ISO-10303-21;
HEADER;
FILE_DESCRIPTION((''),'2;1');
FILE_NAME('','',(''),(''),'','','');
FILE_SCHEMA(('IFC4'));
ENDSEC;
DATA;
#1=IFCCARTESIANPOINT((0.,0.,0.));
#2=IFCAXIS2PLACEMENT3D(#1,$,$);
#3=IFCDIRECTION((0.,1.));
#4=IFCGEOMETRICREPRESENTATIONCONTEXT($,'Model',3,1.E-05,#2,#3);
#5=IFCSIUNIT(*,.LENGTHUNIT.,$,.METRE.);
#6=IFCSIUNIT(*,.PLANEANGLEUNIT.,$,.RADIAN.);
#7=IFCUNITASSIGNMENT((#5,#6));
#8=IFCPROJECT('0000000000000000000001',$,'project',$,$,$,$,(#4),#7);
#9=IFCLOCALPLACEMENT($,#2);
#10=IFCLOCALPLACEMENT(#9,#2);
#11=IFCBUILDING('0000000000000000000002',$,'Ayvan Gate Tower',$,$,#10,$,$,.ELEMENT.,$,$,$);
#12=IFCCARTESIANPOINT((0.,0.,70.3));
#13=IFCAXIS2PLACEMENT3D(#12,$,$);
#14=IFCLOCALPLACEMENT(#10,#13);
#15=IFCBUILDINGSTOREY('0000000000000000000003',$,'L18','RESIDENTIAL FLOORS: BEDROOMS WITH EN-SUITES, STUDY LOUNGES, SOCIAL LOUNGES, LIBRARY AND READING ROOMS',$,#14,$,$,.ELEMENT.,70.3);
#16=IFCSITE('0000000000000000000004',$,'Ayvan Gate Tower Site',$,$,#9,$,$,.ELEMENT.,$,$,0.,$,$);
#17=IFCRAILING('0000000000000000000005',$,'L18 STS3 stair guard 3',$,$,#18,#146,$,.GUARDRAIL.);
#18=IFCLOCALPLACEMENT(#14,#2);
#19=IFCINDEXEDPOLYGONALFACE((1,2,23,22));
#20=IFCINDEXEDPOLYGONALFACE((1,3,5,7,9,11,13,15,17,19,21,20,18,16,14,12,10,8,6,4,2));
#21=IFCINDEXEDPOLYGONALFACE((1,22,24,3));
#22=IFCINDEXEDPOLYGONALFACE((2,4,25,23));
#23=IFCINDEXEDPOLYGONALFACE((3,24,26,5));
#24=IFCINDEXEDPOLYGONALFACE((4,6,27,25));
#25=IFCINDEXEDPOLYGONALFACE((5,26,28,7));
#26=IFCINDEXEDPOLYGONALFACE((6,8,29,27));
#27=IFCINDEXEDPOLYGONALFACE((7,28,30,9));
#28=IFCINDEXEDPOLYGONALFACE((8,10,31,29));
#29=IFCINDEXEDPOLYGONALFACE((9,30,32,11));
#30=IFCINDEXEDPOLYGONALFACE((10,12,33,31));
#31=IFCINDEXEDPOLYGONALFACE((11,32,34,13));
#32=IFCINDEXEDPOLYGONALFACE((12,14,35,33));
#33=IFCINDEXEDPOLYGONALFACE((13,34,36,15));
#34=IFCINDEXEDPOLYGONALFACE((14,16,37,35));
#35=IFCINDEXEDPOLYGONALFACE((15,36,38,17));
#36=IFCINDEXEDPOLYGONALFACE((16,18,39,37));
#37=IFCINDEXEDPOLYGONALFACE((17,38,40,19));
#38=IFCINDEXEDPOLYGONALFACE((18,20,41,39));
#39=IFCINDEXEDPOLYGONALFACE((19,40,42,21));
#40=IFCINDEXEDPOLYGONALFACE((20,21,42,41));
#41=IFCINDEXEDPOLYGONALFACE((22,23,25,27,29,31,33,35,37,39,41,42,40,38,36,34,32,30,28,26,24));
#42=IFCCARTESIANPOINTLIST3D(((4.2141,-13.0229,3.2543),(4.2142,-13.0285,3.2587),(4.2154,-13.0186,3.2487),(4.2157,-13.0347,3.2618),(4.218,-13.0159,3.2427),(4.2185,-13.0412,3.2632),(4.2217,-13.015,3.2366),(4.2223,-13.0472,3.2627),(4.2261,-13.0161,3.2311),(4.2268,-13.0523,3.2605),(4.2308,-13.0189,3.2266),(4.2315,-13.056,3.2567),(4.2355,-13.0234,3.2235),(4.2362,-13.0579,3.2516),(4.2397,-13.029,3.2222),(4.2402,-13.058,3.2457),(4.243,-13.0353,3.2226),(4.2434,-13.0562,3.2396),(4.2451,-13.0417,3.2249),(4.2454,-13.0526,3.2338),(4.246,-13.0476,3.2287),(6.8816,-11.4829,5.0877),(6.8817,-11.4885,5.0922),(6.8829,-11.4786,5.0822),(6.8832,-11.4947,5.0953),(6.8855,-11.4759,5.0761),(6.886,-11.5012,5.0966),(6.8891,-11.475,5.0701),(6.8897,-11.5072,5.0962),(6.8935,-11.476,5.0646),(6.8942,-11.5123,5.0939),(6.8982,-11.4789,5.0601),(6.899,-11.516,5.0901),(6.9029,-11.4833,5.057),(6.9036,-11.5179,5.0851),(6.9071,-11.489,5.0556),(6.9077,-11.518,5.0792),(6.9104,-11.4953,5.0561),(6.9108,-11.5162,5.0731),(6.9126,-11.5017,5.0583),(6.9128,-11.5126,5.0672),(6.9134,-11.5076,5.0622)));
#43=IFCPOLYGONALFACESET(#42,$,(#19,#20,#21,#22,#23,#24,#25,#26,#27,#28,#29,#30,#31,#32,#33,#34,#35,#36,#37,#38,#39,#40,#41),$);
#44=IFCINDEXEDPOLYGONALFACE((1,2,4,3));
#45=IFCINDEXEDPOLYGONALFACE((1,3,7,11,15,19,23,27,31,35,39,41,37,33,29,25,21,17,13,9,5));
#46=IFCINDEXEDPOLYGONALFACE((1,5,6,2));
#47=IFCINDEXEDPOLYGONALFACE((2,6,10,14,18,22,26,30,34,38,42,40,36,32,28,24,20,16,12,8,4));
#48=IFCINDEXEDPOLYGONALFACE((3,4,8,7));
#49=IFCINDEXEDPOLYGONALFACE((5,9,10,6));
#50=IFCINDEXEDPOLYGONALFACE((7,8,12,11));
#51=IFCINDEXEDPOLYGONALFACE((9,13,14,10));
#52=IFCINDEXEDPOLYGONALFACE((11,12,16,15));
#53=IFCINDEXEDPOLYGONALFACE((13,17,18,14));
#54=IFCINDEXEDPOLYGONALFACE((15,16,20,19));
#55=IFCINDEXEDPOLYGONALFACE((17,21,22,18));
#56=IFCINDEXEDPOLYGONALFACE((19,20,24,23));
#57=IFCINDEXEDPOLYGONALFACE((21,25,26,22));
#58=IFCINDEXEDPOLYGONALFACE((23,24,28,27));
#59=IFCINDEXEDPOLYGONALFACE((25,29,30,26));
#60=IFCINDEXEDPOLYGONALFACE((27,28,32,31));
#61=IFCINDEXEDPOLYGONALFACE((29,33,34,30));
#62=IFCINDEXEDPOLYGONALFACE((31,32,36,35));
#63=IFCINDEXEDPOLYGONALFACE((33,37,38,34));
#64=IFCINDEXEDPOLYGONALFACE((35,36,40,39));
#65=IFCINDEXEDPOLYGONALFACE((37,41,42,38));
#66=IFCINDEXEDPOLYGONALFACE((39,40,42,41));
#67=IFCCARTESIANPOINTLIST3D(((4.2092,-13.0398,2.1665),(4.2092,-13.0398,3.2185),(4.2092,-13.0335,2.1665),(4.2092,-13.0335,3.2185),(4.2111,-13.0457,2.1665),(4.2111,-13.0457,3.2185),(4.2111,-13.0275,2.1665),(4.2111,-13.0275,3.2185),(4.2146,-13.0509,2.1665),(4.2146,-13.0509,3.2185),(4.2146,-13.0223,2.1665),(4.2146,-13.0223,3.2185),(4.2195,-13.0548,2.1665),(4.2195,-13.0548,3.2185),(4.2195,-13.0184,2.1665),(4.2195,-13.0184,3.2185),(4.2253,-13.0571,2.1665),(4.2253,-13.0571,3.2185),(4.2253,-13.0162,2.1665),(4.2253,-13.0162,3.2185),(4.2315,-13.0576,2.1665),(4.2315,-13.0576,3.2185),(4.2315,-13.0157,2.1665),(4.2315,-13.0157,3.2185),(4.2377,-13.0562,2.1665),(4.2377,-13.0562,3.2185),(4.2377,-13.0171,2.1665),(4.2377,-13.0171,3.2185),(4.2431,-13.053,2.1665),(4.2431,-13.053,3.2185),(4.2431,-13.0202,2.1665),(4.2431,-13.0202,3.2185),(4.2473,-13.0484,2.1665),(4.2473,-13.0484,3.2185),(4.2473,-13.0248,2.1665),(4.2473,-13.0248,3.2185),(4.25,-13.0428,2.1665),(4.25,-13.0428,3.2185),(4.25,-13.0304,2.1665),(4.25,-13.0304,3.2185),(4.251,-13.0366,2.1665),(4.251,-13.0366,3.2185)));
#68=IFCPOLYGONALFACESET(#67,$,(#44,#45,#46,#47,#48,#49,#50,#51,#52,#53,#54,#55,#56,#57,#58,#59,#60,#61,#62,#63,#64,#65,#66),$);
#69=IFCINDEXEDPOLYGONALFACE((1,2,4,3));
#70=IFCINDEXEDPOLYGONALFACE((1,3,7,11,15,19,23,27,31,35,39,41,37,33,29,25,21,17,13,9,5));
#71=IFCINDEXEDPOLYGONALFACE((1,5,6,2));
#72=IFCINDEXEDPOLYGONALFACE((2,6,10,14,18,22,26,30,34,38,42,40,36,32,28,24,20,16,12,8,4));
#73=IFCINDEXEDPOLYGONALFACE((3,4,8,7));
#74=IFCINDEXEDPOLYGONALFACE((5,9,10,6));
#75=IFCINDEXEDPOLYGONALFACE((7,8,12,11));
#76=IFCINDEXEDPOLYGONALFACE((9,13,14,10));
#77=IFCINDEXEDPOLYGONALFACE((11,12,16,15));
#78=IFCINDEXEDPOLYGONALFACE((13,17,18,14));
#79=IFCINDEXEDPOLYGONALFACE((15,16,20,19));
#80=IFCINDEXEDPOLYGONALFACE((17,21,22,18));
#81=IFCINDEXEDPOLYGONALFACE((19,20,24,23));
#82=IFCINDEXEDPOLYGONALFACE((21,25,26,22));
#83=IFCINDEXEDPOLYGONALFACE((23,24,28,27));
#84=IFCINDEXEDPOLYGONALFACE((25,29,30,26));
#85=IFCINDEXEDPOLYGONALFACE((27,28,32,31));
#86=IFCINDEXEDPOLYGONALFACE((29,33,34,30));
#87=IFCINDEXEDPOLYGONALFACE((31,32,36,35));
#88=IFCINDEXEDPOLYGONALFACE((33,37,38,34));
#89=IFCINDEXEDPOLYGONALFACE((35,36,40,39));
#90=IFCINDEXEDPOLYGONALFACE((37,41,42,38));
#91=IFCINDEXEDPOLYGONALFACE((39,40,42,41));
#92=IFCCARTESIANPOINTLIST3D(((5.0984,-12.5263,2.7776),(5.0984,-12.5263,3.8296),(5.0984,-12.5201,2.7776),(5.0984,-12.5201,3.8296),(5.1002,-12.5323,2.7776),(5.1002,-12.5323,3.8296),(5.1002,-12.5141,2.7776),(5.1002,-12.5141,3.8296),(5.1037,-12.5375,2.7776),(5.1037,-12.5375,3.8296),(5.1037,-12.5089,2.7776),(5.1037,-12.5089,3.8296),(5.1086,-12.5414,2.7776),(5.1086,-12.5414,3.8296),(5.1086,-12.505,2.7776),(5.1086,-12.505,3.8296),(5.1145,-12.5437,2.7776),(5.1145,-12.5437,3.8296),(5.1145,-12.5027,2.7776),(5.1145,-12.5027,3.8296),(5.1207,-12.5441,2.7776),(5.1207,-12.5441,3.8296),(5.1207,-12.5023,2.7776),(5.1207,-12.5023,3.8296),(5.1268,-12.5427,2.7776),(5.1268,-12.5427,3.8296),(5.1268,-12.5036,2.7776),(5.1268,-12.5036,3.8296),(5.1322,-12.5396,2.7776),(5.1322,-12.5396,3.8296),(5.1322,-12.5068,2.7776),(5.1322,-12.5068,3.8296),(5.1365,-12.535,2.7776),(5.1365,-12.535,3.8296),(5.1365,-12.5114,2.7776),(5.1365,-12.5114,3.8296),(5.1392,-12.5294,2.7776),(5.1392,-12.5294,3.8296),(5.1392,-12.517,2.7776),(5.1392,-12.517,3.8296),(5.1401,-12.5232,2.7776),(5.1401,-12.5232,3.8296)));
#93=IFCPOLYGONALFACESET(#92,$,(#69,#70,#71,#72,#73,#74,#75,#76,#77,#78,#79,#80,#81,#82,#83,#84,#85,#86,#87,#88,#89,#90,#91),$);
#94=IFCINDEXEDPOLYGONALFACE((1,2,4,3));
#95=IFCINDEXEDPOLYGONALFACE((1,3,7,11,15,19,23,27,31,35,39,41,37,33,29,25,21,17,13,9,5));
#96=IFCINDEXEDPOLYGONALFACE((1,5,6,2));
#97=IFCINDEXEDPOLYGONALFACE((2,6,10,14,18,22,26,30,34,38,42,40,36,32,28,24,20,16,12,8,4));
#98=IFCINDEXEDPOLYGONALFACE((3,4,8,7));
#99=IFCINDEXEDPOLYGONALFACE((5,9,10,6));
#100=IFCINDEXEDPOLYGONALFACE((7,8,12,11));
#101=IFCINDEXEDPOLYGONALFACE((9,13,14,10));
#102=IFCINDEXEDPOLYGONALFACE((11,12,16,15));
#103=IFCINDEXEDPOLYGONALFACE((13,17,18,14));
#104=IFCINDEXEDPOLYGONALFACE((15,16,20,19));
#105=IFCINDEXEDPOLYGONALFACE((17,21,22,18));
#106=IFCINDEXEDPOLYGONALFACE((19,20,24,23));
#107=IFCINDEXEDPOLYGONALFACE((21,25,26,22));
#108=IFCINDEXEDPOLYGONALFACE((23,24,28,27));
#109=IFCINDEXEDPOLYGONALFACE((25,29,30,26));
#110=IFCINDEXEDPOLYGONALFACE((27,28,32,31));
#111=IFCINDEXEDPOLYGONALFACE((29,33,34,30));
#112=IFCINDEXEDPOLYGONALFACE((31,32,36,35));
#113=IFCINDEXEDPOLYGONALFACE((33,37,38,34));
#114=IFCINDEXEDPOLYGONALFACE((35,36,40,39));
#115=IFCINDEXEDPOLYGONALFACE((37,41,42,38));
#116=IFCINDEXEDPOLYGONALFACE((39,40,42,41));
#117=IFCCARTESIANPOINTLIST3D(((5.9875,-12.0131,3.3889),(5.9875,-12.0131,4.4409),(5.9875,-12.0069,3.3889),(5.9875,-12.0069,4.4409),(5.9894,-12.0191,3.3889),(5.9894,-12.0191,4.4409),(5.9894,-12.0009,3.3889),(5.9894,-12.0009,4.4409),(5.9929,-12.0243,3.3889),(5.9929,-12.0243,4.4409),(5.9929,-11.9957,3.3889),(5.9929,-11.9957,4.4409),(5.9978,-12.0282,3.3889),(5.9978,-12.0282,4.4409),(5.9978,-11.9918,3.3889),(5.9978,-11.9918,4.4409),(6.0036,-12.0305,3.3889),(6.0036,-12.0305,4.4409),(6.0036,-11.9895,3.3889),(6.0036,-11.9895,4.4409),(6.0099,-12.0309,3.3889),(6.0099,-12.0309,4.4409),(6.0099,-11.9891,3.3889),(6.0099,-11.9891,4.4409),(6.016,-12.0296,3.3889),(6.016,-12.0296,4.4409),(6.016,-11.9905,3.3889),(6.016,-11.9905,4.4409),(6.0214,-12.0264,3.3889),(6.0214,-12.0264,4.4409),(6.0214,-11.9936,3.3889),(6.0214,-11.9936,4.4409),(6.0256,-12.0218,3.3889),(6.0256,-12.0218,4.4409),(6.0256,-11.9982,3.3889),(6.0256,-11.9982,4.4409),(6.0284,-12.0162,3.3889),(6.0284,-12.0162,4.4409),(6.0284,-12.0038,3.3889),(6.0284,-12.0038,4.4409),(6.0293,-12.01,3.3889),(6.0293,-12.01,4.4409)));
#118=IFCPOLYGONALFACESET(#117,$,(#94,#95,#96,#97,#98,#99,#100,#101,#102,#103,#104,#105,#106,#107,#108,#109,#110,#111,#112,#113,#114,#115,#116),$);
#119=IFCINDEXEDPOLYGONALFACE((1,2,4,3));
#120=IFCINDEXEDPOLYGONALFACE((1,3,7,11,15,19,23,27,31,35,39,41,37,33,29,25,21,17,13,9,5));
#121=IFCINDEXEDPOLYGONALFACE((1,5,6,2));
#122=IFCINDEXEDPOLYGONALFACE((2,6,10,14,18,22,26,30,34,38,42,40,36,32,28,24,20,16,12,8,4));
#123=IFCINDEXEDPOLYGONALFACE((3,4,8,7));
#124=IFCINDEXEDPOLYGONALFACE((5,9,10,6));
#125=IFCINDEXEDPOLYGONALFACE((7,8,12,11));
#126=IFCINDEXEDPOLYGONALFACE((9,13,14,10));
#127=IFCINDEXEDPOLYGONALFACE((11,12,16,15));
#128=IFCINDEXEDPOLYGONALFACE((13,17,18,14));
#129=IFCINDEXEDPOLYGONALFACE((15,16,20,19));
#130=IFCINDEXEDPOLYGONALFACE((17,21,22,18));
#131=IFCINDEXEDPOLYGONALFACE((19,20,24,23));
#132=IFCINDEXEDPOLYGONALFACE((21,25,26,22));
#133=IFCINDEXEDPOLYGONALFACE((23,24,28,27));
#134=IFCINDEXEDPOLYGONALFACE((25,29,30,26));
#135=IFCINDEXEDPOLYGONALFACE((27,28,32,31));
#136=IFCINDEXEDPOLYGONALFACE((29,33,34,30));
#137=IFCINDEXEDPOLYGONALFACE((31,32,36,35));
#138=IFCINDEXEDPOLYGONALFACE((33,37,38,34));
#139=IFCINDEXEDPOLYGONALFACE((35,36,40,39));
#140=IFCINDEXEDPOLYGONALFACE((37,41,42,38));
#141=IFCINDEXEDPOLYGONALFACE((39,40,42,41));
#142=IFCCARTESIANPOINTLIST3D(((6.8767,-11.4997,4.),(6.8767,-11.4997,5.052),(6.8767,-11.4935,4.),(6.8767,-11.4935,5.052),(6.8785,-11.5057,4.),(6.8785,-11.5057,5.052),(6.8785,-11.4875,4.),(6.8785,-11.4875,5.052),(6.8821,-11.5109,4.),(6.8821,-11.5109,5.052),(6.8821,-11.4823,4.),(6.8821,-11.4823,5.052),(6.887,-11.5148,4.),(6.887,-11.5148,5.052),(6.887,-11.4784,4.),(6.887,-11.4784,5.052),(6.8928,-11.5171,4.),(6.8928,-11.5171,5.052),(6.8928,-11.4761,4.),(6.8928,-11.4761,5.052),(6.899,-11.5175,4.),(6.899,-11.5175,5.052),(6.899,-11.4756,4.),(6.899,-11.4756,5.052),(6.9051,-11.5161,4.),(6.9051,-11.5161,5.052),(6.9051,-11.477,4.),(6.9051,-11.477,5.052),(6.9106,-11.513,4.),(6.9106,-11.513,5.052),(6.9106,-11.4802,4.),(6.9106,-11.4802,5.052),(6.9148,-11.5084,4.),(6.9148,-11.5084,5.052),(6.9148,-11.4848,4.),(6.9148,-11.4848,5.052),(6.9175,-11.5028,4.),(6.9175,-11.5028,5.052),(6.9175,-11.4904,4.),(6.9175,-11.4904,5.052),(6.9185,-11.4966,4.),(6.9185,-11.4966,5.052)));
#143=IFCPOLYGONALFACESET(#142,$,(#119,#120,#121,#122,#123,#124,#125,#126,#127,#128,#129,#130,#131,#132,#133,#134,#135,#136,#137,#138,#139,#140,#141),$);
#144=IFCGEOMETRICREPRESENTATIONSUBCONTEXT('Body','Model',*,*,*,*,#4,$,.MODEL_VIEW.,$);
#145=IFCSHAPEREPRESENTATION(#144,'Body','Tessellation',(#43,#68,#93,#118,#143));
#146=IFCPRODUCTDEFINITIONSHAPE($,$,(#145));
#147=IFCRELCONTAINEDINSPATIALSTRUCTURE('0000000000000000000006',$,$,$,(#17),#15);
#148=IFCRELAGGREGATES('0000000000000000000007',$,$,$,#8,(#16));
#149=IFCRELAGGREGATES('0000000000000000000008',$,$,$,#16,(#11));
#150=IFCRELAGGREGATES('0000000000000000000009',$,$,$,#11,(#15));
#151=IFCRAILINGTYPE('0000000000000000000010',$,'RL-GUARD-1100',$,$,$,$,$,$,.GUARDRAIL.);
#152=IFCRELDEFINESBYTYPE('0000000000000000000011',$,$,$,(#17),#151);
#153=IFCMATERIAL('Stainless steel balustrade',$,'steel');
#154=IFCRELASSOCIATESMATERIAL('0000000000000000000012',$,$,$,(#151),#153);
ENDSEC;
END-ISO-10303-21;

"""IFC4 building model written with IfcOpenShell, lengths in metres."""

from ifc_helpers import new_model, si_unit, direction, frame, origin, origin_2d, place, context, subcontext, project, spatial, circle, extrude, material, type_object, element, save


model = new_model("IFC4")

# Units and contexts
model_context = context("Model", 3, precision=1e-05, world=origin(), true_north=direction((0.0, 1.0)))
body_context = subcontext(model_context, "Body", "Model", "MODEL_VIEW")
ifc_project = project(units=[si_unit("LENGTHUNIT", "METRE"), si_unit("PLANEANGLEUNIT", "RADIAN")], contexts=[model_context])

# Site, building, storey
site_placement = place(None, origin())
site = spatial("IfcSite", under=ifc_project, at=site_placement, Name="Ayvan Gate Tower Site", CompositionType="ELEMENT", RefElevation=0.0)
building_placement = place(site_placement, origin())
building = spatial("IfcBuilding", under=site, at=building_placement, Name="Ayvan Gate Tower", CompositionType="ELEMENT")
storey_placement = place(building_placement, frame((0.0, 0.0, 70.3)))
storey = spatial("IfcBuildingStorey", under=building, at=storey_placement, Name="L18", Description="RESIDENTIAL FLOORS: BEDROOMS WITH EN-SUITES, STUDY LOUNGES, SOCIAL LOUNGES, LIBRARY AND READING ROOMS", CompositionType="ELEMENT", Elevation=70.3)

# Railing
ifc_material_1 = material(Name="Stainless steel balustrade", Category="steel")
railing_type_1 = type_object("IfcRailingType", Name="RL-GUARD-1100", PredefinedType="GUARDRAIL", material=ifc_material_1)
railing_1_placement = place(storey_placement, frame((4.23, -13.0366, 2.1665)))
element("IfcRailing", 1, at=railing_1_placement, inside=storey, type_object=railing_type_1, Name="L18 STS3 stair guard 3", PredefinedType="GUARDRAIL", context=body_context, shape_type="SweptSolid", body=[
    extrude(circle(Radius=0.0239, at=origin_2d()), frame((0.0, 0.0, 1.0762), z_axis=(0.744164, 0.429634, 0.511502), x_axis=(-0.499992, 0.86603, 0.0)), (0.0, 0.0, 1.0), 3.5845),
    extrude(circle(Radius=0.021, at=origin_2d()), origin(), (0.0, 0.0, 1.0), 1.052),
    extrude(circle(Radius=0.021, at=origin_2d()), frame((0.8892, 0.5134, 0.6111)), (0.0, 0.0, 1.0), 1.052),
    extrude(circle(Radius=0.021, at=origin_2d()), frame((1.7783, 1.0266, 1.2224)), (0.0, 0.0, 1.0), 1.052),
    extrude(circle(Radius=0.021, at=origin_2d()), frame((2.6675, 1.54, 1.8335)), (0.0, 0.0, 1.0), 1.052),
])

save(model, "model.ifc")
